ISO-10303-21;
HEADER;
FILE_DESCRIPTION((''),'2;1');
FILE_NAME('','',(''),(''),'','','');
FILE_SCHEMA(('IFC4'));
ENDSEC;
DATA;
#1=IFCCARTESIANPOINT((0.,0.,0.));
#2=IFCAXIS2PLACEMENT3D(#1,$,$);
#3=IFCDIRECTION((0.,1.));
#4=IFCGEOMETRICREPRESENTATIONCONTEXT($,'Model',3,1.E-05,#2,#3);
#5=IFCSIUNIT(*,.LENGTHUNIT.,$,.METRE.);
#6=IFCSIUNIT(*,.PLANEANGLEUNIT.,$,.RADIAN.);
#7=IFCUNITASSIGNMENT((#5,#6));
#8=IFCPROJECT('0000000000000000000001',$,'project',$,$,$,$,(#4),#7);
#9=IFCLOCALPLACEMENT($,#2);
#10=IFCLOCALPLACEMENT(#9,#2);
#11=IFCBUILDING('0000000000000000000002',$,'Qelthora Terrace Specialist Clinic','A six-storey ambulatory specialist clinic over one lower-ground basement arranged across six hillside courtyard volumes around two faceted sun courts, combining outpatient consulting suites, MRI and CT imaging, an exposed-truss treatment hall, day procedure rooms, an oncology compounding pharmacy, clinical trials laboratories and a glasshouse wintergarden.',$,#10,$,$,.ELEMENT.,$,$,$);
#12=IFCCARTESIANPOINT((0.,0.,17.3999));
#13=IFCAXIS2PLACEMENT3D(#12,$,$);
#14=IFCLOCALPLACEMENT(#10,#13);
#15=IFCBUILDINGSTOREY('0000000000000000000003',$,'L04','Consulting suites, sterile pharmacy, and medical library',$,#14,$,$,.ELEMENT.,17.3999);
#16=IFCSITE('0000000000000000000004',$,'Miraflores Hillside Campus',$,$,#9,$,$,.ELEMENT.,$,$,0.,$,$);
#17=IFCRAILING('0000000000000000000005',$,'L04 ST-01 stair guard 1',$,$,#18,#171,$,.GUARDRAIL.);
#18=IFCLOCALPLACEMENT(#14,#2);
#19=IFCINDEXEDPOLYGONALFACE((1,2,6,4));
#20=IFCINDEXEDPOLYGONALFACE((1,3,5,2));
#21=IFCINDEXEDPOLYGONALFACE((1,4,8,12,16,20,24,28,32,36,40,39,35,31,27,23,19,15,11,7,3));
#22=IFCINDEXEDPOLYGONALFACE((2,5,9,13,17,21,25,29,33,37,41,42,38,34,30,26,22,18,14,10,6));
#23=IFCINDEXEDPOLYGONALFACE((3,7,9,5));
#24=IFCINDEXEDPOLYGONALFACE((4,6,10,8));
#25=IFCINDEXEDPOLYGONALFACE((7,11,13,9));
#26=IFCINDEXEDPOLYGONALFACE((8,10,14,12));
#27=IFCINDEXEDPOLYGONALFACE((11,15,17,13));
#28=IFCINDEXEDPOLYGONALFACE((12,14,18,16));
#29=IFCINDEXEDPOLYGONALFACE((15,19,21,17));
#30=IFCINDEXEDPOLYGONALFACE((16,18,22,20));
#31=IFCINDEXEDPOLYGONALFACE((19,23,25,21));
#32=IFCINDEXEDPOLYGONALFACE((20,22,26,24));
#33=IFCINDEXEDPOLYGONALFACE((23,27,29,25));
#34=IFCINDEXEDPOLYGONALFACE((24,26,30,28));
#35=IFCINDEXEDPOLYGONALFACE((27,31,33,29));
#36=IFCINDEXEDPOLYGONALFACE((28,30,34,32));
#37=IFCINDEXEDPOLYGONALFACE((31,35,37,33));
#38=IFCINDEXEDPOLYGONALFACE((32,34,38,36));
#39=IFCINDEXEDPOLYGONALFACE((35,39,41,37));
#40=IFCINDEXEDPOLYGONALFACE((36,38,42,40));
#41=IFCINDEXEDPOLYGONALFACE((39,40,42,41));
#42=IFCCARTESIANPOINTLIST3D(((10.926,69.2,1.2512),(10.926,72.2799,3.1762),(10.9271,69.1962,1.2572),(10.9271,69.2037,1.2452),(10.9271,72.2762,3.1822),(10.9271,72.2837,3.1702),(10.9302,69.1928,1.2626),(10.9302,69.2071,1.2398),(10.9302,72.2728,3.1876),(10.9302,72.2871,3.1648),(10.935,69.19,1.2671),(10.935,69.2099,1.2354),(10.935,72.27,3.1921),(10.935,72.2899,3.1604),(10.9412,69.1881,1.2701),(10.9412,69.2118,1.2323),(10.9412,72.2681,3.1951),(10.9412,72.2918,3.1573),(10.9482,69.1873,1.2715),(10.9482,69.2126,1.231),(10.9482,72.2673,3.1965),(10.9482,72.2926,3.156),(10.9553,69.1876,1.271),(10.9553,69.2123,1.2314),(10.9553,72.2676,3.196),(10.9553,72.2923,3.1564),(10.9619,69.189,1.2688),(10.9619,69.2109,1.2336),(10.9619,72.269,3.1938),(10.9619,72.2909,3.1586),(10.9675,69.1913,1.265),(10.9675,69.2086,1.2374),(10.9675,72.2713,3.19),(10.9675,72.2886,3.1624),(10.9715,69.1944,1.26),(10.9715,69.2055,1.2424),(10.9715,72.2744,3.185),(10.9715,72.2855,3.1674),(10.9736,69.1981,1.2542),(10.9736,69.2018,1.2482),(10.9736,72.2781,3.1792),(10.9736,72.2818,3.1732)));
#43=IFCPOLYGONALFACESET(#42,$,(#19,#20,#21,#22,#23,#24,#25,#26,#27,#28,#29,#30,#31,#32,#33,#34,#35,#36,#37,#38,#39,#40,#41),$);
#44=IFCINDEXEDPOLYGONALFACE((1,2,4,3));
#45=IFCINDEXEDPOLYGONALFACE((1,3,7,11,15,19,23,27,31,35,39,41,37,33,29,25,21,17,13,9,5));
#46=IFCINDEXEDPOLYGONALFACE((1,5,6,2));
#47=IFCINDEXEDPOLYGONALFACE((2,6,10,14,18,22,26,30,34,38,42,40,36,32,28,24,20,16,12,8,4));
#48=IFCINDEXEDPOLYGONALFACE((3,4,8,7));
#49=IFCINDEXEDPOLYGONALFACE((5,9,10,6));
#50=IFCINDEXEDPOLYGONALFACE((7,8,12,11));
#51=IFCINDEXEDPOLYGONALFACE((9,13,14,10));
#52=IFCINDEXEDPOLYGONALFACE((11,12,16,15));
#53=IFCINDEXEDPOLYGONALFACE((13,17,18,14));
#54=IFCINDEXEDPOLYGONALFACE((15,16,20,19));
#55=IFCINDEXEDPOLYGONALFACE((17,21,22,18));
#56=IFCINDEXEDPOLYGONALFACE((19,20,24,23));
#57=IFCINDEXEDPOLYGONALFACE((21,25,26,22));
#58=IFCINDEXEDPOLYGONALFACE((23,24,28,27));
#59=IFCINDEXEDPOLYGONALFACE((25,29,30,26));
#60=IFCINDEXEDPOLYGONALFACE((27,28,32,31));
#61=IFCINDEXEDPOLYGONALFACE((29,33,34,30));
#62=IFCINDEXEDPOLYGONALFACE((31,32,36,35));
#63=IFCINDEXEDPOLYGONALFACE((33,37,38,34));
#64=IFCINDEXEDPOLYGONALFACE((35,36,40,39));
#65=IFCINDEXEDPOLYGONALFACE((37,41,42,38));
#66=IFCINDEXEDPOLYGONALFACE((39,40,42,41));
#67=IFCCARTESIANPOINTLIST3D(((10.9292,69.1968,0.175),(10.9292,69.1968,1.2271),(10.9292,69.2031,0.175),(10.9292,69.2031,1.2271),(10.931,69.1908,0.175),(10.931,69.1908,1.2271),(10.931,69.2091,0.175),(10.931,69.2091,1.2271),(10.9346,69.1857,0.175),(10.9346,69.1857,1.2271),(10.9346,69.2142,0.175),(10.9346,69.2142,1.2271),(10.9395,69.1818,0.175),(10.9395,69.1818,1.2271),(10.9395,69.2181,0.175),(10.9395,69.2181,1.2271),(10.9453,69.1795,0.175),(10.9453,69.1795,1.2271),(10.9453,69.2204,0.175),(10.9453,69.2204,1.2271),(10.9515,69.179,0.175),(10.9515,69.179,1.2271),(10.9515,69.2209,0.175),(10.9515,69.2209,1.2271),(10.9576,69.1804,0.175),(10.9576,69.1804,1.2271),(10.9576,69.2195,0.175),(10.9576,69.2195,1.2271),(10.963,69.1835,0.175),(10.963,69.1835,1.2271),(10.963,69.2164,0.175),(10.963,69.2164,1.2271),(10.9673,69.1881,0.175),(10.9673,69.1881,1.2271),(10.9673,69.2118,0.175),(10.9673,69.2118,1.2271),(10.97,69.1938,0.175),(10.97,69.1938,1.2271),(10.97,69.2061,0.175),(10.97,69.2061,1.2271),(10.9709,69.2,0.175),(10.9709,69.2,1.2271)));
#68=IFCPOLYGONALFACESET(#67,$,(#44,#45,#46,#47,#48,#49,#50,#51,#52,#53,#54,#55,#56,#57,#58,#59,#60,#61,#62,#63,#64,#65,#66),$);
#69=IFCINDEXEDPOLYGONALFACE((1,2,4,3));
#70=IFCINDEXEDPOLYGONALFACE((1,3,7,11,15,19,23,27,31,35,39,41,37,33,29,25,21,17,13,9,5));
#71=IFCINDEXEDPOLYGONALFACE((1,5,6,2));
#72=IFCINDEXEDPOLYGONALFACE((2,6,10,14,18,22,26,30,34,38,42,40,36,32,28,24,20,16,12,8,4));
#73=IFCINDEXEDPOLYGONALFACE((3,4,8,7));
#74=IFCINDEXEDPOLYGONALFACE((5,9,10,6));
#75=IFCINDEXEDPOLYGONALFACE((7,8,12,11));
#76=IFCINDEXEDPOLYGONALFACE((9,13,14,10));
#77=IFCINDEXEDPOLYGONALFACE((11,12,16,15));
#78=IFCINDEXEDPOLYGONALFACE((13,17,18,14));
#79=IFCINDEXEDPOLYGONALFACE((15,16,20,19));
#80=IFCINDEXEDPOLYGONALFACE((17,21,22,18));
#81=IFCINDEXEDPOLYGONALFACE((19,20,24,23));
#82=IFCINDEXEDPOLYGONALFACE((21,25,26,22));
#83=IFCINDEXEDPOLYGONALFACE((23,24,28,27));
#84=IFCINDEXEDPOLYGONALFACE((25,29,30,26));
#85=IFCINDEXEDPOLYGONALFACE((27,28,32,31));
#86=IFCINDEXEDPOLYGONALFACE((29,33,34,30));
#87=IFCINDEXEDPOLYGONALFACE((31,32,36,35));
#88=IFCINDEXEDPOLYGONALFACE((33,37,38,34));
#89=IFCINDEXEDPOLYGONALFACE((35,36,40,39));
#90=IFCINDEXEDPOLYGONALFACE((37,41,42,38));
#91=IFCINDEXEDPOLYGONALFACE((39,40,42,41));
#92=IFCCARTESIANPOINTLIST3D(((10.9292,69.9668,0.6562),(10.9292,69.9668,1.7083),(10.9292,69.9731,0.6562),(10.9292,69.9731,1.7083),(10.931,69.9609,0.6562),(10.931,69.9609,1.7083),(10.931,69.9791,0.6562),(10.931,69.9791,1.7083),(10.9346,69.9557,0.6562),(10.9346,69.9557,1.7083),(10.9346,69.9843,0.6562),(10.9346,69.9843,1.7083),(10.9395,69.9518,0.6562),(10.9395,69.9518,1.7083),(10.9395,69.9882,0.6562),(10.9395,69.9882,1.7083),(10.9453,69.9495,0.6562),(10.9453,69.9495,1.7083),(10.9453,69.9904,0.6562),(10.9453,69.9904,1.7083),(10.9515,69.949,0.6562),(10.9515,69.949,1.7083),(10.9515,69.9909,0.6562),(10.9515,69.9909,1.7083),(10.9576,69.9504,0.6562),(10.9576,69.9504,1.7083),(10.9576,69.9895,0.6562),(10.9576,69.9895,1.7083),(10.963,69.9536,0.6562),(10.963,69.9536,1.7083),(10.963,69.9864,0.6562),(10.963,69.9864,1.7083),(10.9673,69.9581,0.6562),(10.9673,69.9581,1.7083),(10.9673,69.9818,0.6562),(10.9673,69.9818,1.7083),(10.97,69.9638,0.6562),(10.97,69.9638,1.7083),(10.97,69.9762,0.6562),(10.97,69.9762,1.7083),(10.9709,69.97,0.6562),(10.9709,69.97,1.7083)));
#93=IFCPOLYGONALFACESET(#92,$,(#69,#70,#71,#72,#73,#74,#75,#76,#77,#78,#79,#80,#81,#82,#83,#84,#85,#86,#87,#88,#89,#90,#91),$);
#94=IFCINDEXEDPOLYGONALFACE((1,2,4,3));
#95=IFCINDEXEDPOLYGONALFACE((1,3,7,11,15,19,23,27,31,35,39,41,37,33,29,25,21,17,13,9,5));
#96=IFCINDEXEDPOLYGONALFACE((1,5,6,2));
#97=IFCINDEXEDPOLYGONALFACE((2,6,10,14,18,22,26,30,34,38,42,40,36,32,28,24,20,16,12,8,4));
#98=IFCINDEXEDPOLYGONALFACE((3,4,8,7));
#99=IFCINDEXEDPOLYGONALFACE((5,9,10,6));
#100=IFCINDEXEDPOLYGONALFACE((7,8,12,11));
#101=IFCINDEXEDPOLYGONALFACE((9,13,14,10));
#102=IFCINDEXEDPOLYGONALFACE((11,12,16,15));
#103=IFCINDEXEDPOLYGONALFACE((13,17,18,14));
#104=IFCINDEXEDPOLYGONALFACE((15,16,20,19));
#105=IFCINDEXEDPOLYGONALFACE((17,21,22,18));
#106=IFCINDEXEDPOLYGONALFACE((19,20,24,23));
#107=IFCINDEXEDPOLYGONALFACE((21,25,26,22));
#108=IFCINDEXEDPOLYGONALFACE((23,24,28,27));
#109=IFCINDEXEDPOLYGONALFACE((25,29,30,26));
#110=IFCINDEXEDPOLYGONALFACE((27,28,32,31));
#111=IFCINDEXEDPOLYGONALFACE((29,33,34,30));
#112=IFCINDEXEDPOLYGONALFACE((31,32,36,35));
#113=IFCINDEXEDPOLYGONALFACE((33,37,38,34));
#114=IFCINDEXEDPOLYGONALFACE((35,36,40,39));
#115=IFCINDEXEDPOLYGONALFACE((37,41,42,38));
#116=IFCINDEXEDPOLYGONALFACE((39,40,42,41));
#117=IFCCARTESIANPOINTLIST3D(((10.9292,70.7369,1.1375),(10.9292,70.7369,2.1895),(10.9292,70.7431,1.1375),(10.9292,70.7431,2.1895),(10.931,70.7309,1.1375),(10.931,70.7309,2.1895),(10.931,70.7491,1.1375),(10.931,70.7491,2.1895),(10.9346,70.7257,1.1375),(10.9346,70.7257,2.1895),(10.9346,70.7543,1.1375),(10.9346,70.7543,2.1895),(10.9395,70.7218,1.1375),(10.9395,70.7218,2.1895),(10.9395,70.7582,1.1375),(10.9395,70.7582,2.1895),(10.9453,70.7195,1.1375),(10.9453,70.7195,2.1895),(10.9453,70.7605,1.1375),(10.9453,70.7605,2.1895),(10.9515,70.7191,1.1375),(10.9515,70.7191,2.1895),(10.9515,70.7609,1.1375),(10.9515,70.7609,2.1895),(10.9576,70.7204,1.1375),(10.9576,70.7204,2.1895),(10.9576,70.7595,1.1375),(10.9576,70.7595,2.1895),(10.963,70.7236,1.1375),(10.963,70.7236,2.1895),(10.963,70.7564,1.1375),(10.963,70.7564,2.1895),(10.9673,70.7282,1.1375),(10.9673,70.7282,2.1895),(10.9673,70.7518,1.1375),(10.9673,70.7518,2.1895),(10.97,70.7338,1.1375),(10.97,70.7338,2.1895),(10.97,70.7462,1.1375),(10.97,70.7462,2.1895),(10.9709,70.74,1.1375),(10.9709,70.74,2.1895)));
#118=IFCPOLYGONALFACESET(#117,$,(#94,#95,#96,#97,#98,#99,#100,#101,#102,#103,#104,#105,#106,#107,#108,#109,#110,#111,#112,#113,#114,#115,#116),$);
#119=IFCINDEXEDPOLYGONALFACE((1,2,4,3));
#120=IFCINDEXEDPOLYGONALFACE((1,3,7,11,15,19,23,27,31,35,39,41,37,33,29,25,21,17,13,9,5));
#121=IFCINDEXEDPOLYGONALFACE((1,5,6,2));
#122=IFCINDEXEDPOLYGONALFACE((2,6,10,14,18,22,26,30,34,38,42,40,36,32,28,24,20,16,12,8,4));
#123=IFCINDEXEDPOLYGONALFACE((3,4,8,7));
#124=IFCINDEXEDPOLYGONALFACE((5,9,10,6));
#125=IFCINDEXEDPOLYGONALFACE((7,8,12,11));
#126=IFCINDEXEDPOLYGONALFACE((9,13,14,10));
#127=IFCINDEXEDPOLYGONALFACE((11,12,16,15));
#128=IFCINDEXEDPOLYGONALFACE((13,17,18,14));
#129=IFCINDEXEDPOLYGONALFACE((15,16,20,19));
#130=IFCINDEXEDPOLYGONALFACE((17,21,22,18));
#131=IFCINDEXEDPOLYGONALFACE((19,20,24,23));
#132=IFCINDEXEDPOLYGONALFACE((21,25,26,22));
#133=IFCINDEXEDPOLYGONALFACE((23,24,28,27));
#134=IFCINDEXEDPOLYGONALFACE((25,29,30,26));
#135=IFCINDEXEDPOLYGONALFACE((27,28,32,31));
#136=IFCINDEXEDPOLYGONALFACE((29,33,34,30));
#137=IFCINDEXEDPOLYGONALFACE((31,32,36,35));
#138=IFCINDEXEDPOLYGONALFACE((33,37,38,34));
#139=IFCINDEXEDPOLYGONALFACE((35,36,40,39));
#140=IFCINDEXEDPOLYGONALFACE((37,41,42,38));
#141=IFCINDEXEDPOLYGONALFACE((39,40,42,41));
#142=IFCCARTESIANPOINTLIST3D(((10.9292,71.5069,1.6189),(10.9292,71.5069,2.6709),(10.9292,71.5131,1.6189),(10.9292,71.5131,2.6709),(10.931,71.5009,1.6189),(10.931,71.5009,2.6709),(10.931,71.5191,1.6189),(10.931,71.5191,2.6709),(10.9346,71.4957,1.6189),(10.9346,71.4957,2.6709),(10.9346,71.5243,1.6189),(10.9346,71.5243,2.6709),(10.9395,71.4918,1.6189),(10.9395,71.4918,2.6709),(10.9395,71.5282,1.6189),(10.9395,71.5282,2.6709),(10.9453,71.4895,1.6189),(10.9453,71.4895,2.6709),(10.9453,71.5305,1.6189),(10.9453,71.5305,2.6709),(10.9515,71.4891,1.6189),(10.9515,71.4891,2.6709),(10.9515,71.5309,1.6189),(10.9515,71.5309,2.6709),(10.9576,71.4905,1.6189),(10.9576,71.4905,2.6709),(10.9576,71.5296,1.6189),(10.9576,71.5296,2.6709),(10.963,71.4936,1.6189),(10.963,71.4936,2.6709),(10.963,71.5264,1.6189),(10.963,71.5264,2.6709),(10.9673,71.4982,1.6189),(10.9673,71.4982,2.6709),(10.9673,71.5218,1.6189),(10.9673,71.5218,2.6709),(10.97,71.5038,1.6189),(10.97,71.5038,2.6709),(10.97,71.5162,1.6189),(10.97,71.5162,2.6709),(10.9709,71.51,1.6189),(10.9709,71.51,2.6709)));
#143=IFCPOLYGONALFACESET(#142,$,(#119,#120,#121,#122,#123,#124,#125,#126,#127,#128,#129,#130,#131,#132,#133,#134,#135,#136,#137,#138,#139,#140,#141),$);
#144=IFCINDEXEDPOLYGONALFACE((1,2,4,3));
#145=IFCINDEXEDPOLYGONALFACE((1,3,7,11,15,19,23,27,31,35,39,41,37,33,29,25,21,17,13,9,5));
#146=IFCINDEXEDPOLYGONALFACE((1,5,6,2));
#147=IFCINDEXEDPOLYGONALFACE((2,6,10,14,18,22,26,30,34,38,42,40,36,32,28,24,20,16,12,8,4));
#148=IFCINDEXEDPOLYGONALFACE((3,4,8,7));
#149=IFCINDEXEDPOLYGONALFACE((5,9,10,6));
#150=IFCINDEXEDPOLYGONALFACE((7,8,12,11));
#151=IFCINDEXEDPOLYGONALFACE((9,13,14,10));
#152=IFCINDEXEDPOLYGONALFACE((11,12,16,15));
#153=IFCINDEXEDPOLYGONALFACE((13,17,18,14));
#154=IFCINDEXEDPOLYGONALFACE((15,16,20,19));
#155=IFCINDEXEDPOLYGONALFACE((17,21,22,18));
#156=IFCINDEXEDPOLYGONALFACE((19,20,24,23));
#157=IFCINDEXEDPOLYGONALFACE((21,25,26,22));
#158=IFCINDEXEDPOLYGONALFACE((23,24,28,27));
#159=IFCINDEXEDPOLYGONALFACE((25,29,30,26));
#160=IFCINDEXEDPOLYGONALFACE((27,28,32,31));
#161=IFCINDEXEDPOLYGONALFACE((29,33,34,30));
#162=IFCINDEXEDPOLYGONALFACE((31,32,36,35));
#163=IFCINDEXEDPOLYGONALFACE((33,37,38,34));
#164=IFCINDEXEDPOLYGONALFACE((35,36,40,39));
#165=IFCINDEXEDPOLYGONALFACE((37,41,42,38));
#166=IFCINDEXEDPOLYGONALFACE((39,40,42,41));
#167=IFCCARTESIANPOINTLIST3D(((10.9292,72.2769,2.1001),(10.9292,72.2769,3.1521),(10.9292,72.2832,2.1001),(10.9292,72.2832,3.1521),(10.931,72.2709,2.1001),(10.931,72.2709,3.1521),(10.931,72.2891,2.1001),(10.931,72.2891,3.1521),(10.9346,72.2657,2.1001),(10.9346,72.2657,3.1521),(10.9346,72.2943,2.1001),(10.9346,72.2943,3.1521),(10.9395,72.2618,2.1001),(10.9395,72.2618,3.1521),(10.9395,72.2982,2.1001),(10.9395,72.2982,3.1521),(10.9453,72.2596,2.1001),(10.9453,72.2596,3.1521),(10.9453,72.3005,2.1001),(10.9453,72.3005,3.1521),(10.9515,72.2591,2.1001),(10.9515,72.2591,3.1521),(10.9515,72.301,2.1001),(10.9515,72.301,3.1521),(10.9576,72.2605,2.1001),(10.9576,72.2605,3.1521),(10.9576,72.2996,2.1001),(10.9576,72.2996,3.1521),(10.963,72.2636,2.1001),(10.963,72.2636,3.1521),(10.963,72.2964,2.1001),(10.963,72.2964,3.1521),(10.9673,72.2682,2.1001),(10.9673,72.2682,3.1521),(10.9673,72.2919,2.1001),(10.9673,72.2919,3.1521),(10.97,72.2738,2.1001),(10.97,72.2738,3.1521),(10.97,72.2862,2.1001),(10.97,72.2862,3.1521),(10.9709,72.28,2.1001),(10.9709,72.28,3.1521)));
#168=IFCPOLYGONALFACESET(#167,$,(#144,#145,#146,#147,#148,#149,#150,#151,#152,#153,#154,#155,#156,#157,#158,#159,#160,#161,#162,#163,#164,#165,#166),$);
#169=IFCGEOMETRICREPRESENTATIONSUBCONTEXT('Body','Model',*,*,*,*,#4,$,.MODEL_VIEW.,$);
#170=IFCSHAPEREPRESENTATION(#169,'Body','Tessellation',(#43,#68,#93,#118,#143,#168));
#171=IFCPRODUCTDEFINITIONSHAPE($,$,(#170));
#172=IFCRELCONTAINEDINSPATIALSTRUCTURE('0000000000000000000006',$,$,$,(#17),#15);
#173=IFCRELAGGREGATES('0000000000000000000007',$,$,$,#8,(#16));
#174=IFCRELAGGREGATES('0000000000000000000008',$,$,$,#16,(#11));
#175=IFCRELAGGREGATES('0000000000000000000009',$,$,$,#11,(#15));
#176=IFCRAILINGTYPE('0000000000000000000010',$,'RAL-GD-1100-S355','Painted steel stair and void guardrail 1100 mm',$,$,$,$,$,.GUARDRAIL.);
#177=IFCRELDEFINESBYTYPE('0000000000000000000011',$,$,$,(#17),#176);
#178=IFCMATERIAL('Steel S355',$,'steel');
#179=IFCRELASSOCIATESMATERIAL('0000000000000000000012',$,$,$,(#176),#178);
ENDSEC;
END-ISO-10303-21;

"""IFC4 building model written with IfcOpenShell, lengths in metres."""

from ifc_helpers import new_model, si_unit, direction, frame, origin, origin_2d, place, context, subcontext, project, spatial, circle, extrude, material, type_object, element, save


model = new_model("IFC4")

# Units and contexts
model_context = context("Model", 3, precision=1e-05, world=origin(), true_north=direction((0.0, 1.0)))
body_context = subcontext(model_context, "Body", "Model", "MODEL_VIEW")
ifc_project = project(units=[si_unit("LENGTHUNIT", "METRE"), si_unit("PLANEANGLEUNIT", "RADIAN")], contexts=[model_context])

# Site, building, storey
site_placement = place(None, origin())
site = spatial("IfcSite", under=ifc_project, at=site_placement, Name="Miraflores Hillside Campus", CompositionType="ELEMENT", RefElevation=0.0)
building_placement = place(site_placement, origin())
building = spatial("IfcBuilding", under=site, at=building_placement, Name="Qelthora Terrace Specialist Clinic", Description="A six-storey ambulatory specialist clinic over one lower-ground basement arranged across six hillside courtyard volumes around two faceted sun courts, combining outpatient consulting suites, MRI and CT imaging, an exposed-truss treatment hall, day procedure rooms, an oncology compounding pharmacy, clinical trials laboratories and a glasshouse wintergarden.", CompositionType="ELEMENT")
storey_placement = place(building_placement, frame((0.0, 0.0, 17.3999)))
storey = spatial("IfcBuildingStorey", under=building, at=storey_placement, Name="L04", Description="Consulting suites, sterile pharmacy, and medical library", CompositionType="ELEMENT", Elevation=17.3999)

# Shared definitions
ifc_material_1 = material(Name="Steel S355", Category="steel")

# Railing
railing_type_1 = type_object("IfcRailingType", Name="RAL-GD-1100-S355", Description="Painted steel stair and void guardrail 1100 mm", PredefinedType="GUARDRAIL", material=ifc_material_1)
railing_1_placement = place(storey_placement, frame((10.95, 69.2, 0.175)))
element("IfcRailing", 1, at=railing_1_placement, inside=storey, type_object=railing_type_1, Name="L04 ST-01 stair guard 1", PredefinedType="GUARDRAIL", context=body_context, shape_type="SweptSolid", body=[
    extrude(circle(Radius=0.0239, at=origin_2d()), frame((0.0, 0.0, 1.0762), z_axis=(0.0, 0.847998, 0.529999), x_axis=(-1.0, 0.0, 0.0)), (0.0, 0.0, 1.0), 3.6321),
    extrude(circle(Radius=0.021, at=origin_2d()), origin(), (0.0, 0.0, 1.0), 1.052),
    extrude(circle(Radius=0.021, at=origin_2d()), frame((0.0, 0.77, 0.4812)), (0.0, 0.0, 1.0), 1.052),
    extrude(circle(Radius=0.021, at=origin_2d()), frame((0.0, 1.54, 0.9624)), (0.0, 0.0, 1.0), 1.052),
    extrude(circle(Radius=0.021, at=origin_2d()), frame((0.0, 2.3101, 1.4438)), (0.0, 0.0, 1.0), 1.052),
    extrude(circle(Radius=0.021, at=origin_2d()), frame((0.0, 3.0801, 1.925)), (0.0, 0.0, 1.0), 1.052),
])

save(model, "model.ifc")
